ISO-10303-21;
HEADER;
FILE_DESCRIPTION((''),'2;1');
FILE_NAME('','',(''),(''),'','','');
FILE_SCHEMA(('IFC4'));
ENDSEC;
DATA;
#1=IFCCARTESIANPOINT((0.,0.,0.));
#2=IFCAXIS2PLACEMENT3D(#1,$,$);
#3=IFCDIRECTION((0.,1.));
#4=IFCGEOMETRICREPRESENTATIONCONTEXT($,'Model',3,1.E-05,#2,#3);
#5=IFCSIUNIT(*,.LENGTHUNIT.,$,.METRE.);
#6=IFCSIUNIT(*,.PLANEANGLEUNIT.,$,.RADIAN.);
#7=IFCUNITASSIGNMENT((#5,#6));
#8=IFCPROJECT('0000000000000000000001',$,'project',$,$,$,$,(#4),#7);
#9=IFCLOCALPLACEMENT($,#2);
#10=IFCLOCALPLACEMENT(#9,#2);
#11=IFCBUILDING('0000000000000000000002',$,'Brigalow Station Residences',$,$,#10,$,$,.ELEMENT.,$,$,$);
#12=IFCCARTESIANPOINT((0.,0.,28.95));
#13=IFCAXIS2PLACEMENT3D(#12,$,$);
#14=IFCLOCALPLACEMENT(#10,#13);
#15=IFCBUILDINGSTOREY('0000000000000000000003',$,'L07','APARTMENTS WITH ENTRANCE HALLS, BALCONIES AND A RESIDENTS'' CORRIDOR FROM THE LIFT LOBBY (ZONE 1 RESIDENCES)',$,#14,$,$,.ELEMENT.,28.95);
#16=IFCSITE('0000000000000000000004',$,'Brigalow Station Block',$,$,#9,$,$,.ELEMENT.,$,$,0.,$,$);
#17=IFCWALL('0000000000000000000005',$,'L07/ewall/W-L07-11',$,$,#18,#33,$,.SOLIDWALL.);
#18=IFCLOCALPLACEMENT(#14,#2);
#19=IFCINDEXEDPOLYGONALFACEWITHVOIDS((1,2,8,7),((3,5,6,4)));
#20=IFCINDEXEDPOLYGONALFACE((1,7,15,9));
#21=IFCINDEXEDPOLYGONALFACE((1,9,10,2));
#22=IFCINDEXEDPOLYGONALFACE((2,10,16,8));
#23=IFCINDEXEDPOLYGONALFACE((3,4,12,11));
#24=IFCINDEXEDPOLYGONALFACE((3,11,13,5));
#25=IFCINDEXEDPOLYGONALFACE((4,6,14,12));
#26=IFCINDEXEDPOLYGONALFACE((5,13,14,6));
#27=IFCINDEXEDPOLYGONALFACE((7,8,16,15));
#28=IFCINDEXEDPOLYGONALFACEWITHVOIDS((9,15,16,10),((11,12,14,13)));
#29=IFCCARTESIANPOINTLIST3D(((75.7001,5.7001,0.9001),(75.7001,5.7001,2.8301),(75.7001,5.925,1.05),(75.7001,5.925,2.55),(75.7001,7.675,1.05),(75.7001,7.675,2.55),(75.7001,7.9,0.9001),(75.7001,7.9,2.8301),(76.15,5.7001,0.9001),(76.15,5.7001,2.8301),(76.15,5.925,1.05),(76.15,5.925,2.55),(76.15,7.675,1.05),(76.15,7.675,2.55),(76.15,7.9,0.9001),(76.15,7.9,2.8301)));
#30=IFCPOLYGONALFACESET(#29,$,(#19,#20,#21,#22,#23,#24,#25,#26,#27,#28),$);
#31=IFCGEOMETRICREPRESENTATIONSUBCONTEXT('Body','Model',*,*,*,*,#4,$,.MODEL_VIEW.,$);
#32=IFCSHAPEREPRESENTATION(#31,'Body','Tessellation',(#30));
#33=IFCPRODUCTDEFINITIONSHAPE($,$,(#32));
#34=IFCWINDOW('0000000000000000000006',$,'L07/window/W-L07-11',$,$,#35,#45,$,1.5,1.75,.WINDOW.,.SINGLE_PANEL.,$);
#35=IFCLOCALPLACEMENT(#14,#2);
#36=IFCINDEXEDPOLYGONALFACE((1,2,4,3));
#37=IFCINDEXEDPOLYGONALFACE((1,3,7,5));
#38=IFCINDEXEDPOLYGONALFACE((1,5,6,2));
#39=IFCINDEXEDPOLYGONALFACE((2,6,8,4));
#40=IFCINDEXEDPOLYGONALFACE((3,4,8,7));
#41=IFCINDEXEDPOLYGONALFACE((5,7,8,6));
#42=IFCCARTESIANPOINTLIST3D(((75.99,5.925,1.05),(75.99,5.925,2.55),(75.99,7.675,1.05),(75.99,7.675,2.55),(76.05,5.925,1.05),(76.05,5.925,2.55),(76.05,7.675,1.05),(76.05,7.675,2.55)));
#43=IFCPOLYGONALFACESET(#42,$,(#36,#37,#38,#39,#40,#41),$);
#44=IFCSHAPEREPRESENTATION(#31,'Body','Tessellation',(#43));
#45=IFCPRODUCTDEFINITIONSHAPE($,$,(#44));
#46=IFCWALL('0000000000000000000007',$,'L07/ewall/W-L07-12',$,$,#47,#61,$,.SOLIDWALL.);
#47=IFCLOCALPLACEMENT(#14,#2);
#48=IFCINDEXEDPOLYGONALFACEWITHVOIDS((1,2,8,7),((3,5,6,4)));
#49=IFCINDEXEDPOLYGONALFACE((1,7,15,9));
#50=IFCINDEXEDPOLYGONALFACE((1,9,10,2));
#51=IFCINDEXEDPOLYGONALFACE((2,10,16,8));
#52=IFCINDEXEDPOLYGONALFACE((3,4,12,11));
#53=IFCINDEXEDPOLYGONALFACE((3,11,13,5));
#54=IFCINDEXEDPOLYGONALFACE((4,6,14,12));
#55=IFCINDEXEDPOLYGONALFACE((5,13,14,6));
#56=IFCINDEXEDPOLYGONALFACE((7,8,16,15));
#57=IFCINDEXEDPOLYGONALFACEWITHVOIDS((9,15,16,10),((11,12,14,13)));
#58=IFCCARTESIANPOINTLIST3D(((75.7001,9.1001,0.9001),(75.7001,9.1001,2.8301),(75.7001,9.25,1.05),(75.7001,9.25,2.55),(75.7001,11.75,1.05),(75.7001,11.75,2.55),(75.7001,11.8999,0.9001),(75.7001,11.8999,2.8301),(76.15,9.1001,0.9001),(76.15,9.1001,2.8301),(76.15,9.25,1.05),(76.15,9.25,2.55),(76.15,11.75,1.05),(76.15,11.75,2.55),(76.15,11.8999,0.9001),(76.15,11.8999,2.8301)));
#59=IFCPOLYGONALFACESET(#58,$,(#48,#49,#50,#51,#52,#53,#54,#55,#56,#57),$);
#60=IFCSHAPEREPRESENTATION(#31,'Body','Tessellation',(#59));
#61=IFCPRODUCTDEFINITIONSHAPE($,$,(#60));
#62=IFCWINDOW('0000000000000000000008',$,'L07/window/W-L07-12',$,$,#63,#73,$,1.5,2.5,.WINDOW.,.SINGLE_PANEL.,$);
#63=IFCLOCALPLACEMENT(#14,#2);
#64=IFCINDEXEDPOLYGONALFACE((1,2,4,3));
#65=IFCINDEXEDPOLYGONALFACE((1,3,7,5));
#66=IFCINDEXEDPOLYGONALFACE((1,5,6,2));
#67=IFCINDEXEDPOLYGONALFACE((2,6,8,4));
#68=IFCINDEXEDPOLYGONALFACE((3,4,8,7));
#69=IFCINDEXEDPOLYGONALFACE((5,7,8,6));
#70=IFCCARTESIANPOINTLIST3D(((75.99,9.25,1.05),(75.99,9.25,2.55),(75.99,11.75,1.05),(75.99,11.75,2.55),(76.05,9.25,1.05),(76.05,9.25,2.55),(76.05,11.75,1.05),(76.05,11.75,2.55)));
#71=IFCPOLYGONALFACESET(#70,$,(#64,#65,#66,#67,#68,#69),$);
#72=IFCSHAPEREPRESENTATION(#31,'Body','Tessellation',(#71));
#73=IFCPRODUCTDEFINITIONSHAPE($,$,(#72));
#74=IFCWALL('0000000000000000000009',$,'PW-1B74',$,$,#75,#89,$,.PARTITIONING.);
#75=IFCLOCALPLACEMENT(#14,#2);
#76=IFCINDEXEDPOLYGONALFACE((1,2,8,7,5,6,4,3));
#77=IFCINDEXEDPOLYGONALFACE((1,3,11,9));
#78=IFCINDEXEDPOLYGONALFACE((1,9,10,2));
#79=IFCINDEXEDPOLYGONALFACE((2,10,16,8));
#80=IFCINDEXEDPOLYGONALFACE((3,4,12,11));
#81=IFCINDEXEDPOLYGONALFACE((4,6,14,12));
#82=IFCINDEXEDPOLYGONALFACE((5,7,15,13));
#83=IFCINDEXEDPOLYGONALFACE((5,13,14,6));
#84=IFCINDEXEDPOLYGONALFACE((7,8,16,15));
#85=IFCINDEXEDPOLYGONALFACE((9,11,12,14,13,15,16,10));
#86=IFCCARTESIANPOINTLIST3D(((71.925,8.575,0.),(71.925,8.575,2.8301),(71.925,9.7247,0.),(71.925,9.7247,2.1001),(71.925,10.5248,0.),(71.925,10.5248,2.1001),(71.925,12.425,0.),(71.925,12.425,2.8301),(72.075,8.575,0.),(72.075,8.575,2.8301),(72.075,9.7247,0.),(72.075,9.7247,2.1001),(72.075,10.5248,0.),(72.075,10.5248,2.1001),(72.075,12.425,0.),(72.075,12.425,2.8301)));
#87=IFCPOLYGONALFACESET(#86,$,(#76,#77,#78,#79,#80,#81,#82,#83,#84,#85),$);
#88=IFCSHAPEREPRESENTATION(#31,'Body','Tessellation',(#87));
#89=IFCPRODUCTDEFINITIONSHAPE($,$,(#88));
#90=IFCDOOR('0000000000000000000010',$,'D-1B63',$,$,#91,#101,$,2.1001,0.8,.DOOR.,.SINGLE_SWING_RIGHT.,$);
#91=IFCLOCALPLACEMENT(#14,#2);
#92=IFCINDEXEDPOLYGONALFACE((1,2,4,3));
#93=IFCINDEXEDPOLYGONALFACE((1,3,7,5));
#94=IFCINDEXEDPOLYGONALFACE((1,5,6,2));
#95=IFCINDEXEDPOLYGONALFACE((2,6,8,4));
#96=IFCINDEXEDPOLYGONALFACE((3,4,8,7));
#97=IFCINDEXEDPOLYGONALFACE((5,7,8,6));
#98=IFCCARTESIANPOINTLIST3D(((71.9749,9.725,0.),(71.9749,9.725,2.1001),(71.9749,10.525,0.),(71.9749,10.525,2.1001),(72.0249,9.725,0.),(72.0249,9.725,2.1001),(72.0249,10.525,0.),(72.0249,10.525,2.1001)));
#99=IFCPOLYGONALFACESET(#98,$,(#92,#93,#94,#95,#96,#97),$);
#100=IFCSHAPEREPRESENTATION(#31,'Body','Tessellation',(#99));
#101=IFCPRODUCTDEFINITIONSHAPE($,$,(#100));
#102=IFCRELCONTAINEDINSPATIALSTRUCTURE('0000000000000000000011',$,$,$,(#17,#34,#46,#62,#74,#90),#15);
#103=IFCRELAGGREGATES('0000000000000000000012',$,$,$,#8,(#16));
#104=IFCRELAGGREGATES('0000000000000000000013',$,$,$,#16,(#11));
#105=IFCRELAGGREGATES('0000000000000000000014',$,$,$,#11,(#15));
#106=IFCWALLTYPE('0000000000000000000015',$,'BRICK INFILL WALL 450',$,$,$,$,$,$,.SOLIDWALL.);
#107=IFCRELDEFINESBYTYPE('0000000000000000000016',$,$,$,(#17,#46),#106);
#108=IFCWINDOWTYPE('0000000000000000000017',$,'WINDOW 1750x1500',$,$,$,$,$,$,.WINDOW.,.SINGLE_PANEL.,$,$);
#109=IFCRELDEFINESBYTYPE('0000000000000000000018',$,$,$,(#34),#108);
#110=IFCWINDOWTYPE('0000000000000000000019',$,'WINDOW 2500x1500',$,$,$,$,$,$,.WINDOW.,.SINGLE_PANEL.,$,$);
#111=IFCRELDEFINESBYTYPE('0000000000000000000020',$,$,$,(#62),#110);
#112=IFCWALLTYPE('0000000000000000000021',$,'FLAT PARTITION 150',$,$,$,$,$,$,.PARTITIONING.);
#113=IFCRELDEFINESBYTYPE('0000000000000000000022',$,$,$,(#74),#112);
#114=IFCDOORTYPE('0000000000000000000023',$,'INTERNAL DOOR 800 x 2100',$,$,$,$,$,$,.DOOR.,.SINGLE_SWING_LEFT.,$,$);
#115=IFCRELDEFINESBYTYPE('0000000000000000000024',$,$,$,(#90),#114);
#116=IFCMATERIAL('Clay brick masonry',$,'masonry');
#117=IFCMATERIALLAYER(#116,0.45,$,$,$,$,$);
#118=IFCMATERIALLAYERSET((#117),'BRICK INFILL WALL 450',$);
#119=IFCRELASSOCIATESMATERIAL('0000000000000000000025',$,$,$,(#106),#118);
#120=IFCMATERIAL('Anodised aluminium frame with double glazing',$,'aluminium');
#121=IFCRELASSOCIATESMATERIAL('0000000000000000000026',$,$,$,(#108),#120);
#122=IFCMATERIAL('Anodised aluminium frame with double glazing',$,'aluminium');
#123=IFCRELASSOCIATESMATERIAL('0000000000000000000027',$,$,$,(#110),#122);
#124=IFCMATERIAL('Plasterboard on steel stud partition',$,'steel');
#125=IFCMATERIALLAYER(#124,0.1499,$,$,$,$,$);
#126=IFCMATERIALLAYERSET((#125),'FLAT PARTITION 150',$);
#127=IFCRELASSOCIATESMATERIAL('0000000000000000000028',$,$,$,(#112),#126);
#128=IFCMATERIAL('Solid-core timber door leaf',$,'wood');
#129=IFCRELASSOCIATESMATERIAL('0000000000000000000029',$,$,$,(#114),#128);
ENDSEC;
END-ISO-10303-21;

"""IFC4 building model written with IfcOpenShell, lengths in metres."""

from ifc_helpers import new_model, si_unit, direction, frame, frame_2d, origin, place, context, subcontext, project, spatial, rectangle, extrude, material, layer, layer_set, type_object, element, fill, save


model = new_model("IFC4")

# Units and contexts
model_context = context("Model", 3, precision=1e-05, world=origin(), true_north=direction((0.0, 1.0)))
body_context = subcontext(model_context, "Body", "Model", "MODEL_VIEW")
ifc_project = project(units=[si_unit("LENGTHUNIT", "METRE"), si_unit("PLANEANGLEUNIT", "RADIAN")], contexts=[model_context])

# Site, building, storey
site_placement = place(None, origin())
site = spatial("IfcSite", under=ifc_project, at=site_placement, Name="Brigalow Station Block", CompositionType="ELEMENT", RefElevation=0.0)
building_placement = place(site_placement, origin())
building = spatial("IfcBuilding", under=site, at=building_placement, Name="Brigalow Station Residences", CompositionType="ELEMENT")
storey_placement = place(building_placement, frame((0.0, 0.0, 28.95)))
storey = spatial("IfcBuildingStorey", under=building, at=storey_placement, Name="L07", Description="APARTMENTS WITH ENTRANCE HALLS, BALCONIES AND A RESIDENTS' CORRIDOR FROM THE LIFT LOBBY (ZONE 1 RESIDENCES)", CompositionType="ELEMENT", Elevation=28.95)

# Walls, openings, windows
ifc_material_1 = material(Name="Clay brick masonry", Category="masonry")
ifc_layer_1 = layer(ifc_material_1, 0.45)
ifc_layer_set_1 = layer_set([ifc_layer_1], Name="BRICK INFILL WALL 450")
wall_type_1 = type_object("IfcWallType", Name="BRICK INFILL WALL 450", PredefinedType="SOLIDWALL", material=ifc_layer_set_1)
wall_1_placement = place(storey_placement, frame((75.925, 5.7, 0.9001), z_axis=(0.0, 0.0, 1.0), x_axis=(0.0, 1.0, 0.0)))
wall_1 = element("IfcWall", 1, at=wall_1_placement, inside=storey, type_object=wall_type_1, Name="L07/ewall/W-L07-11", PredefinedType="SOLIDWALL", context=body_context, shape_type="SweptSolid", body=[
    extrude(rectangle(XDim=2.2, YDim=0.45, at=frame_2d((1.1001, 0.0))), origin(), (0.0, 0.0, 1.0), 1.9299),
])
opening_1_placement = place(wall_1_placement, frame((0.2251, 0.0, 0.1499)))
opening_1 = element("IfcOpeningElement", 2, at=opening_1_placement, cuts=wall_1, PredefinedType="OPENING", context=body_context, shape_type="SweptSolid", body=[
    extrude(rectangle(XDim=1.75, YDim=1.5, at=frame_2d((0.875, 0.75))), frame((0.0, 0.2349, 0.0), z_axis=(0.0, -1.0, 0.0), x_axis=(1.0, 0.0, 0.0)), (0.0, 0.0, 1.0), 0.47),
])
ifc_material_2 = material(Name="Anodised aluminium frame with double glazing", Category="aluminium")
window_type_1 = type_object("IfcWindowType", Name="WINDOW 1750x1500", PartitioningType="SINGLE_PANEL", PredefinedType="WINDOW", material=ifc_material_2)
window_1_placement = place(opening_1_placement, origin())
window_1 = element("IfcWindow", 3, at=window_1_placement, inside=storey, type_object=window_type_1, Name="L07/window/W-L07-11", OverallHeight=1.5, OverallWidth=1.75, PartitioningType="SINGLE_PANEL", PredefinedType="WINDOW", context=body_context, shape_type="SweptSolid", body=[
    extrude(rectangle(XDim=1.75, YDim=1.5, at=frame_2d((0.875, 0.75))), frame((0.0, -0.0649, 0.0), z_axis=(0.0, -1.0, 0.0), x_axis=(1.0, 0.0, 0.0)), (0.0, 0.0, 1.0), 0.0601),
])
fill(opening_1, window_1)
wall_2_placement = place(storey_placement, frame((75.925, 9.1001, 0.9001), z_axis=(0.0, 0.0, 1.0), x_axis=(0.0, 1.0, 0.0)))
wall_2 = element("IfcWall", 4, at=wall_2_placement, inside=storey, type_object=wall_type_1, Name="L07/ewall/W-L07-12", PredefinedType="SOLIDWALL", context=body_context, shape_type="SweptSolid", body=[
    extrude(rectangle(XDim=2.7998, YDim=0.45, at=frame_2d((1.3999, 0.0))), origin(), (0.0, 0.0, 1.0), 1.9299),
])
opening_2_placement = place(wall_2_placement, frame((0.1499, 0.0, 0.1499)))
opening_2 = element("IfcOpeningElement", 5, at=opening_2_placement, cuts=wall_2, PredefinedType="OPENING", context=body_context, shape_type="SweptSolid", body=[
    extrude(rectangle(XDim=2.5, YDim=1.5, at=frame_2d((1.25, 0.75))), frame((0.0, 0.2349, 0.0), z_axis=(0.0, -1.0, 0.0), x_axis=(1.0, 0.0, 0.0)), (0.0, 0.0, 1.0), 0.47),
])
ifc_material_3 = material(Name="Anodised aluminium frame with double glazing", Category="aluminium")
window_type_2 = type_object("IfcWindowType", Name="WINDOW 2500x1500", PartitioningType="SINGLE_PANEL", PredefinedType="WINDOW", material=ifc_material_3)
window_2_placement = place(opening_2_placement, origin())
window_2 = element("IfcWindow", 6, at=window_2_placement, inside=storey, type_object=window_type_2, Name="L07/window/W-L07-12", OverallHeight=1.5, OverallWidth=2.5, PartitioningType="SINGLE_PANEL", PredefinedType="WINDOW", context=body_context, shape_type="SweptSolid", body=[
    extrude(rectangle(XDim=2.5, YDim=1.5, at=frame_2d((1.25, 0.75))), frame((0.0, -0.0649, 0.0), z_axis=(0.0, -1.0, 0.0), x_axis=(1.0, 0.0, 0.0)), (0.0, 0.0, 1.0), 0.0601),
])
fill(opening_2, window_2)

# Wall, opening, door
ifc_material_4 = material(Name="Plasterboard on steel stud partition", Category="steel")
ifc_layer_2 = layer(ifc_material_4, 0.1499)
ifc_layer_set_2 = layer_set([ifc_layer_2], Name="FLAT PARTITION 150")
wall_type_2 = type_object("IfcWallType", Name="FLAT PARTITION 150", PredefinedType="PARTITIONING", material=ifc_layer_set_2)
wall_3_placement = place(storey_placement, frame((72.0, 8.575, 0.0), z_axis=(0.0, 0.0, 1.0), x_axis=(0.0, 1.0, 0.0)))
wall_3 = element("IfcWall", 7, at=wall_3_placement, inside=storey, type_object=wall_type_2, Name="PW-1B74", PredefinedType="PARTITIONING", context=body_context, shape_type="SweptSolid", body=[
    extrude(rectangle(XDim=3.8501, YDim=0.1499, at=frame_2d((1.925, 0.0))), origin(), (0.0, 0.0, 1.0), 2.8301),
])
opening_3_placement = place(wall_3_placement, frame((1.1499, 0.0, 0.0)))
opening_3 = element("IfcOpeningElement", 8, at=opening_3_placement, cuts=wall_3, PredefinedType="OPENING", context=body_context, shape_type="SweptSolid", body=[
    extrude(rectangle(XDim=0.8, YDim=2.1001, at=frame_2d((0.3999, 1.05))), frame((0.0, 0.085, 0.0), z_axis=(0.0, -1.0, 0.0), x_axis=(1.0, 0.0, 0.0)), (0.0, 0.0, 1.0), 0.1699),
])
ifc_material_5 = material(Name="Solid-core timber door leaf", Category="wood")
door_type = type_object("IfcDoorType", Name="INTERNAL DOOR 800 x 2100", OperationType="SINGLE_SWING_LEFT", PredefinedType="DOOR", material=ifc_material_5)
door_placement = place(opening_3_placement, frame((0.8, 0.0, 0.0), z_axis=(0.0, 0.0, 1.0), x_axis=(-1.0, 0.0, 0.0)))
door = element("IfcDoor", 9, at=door_placement, inside=storey, type_object=door_type, Name="D-1B63", OperationType="SINGLE_SWING_RIGHT", OverallHeight=2.1001, OverallWidth=0.8, PredefinedType="DOOR", context=body_context, shape_type="SweptSolid", body=[
    extrude(rectangle(XDim=0.8, YDim=2.1001, at=frame_2d((0.3999, 1.05))), frame((0.0, 0.0249, 0.0), z_axis=(0.0, -1.0, 0.0), x_axis=(1.0, 0.0, 0.0)), (0.0, 0.0, 1.0), 0.05),
])
fill(opening_3, door)

save(model, "model.ifc")
